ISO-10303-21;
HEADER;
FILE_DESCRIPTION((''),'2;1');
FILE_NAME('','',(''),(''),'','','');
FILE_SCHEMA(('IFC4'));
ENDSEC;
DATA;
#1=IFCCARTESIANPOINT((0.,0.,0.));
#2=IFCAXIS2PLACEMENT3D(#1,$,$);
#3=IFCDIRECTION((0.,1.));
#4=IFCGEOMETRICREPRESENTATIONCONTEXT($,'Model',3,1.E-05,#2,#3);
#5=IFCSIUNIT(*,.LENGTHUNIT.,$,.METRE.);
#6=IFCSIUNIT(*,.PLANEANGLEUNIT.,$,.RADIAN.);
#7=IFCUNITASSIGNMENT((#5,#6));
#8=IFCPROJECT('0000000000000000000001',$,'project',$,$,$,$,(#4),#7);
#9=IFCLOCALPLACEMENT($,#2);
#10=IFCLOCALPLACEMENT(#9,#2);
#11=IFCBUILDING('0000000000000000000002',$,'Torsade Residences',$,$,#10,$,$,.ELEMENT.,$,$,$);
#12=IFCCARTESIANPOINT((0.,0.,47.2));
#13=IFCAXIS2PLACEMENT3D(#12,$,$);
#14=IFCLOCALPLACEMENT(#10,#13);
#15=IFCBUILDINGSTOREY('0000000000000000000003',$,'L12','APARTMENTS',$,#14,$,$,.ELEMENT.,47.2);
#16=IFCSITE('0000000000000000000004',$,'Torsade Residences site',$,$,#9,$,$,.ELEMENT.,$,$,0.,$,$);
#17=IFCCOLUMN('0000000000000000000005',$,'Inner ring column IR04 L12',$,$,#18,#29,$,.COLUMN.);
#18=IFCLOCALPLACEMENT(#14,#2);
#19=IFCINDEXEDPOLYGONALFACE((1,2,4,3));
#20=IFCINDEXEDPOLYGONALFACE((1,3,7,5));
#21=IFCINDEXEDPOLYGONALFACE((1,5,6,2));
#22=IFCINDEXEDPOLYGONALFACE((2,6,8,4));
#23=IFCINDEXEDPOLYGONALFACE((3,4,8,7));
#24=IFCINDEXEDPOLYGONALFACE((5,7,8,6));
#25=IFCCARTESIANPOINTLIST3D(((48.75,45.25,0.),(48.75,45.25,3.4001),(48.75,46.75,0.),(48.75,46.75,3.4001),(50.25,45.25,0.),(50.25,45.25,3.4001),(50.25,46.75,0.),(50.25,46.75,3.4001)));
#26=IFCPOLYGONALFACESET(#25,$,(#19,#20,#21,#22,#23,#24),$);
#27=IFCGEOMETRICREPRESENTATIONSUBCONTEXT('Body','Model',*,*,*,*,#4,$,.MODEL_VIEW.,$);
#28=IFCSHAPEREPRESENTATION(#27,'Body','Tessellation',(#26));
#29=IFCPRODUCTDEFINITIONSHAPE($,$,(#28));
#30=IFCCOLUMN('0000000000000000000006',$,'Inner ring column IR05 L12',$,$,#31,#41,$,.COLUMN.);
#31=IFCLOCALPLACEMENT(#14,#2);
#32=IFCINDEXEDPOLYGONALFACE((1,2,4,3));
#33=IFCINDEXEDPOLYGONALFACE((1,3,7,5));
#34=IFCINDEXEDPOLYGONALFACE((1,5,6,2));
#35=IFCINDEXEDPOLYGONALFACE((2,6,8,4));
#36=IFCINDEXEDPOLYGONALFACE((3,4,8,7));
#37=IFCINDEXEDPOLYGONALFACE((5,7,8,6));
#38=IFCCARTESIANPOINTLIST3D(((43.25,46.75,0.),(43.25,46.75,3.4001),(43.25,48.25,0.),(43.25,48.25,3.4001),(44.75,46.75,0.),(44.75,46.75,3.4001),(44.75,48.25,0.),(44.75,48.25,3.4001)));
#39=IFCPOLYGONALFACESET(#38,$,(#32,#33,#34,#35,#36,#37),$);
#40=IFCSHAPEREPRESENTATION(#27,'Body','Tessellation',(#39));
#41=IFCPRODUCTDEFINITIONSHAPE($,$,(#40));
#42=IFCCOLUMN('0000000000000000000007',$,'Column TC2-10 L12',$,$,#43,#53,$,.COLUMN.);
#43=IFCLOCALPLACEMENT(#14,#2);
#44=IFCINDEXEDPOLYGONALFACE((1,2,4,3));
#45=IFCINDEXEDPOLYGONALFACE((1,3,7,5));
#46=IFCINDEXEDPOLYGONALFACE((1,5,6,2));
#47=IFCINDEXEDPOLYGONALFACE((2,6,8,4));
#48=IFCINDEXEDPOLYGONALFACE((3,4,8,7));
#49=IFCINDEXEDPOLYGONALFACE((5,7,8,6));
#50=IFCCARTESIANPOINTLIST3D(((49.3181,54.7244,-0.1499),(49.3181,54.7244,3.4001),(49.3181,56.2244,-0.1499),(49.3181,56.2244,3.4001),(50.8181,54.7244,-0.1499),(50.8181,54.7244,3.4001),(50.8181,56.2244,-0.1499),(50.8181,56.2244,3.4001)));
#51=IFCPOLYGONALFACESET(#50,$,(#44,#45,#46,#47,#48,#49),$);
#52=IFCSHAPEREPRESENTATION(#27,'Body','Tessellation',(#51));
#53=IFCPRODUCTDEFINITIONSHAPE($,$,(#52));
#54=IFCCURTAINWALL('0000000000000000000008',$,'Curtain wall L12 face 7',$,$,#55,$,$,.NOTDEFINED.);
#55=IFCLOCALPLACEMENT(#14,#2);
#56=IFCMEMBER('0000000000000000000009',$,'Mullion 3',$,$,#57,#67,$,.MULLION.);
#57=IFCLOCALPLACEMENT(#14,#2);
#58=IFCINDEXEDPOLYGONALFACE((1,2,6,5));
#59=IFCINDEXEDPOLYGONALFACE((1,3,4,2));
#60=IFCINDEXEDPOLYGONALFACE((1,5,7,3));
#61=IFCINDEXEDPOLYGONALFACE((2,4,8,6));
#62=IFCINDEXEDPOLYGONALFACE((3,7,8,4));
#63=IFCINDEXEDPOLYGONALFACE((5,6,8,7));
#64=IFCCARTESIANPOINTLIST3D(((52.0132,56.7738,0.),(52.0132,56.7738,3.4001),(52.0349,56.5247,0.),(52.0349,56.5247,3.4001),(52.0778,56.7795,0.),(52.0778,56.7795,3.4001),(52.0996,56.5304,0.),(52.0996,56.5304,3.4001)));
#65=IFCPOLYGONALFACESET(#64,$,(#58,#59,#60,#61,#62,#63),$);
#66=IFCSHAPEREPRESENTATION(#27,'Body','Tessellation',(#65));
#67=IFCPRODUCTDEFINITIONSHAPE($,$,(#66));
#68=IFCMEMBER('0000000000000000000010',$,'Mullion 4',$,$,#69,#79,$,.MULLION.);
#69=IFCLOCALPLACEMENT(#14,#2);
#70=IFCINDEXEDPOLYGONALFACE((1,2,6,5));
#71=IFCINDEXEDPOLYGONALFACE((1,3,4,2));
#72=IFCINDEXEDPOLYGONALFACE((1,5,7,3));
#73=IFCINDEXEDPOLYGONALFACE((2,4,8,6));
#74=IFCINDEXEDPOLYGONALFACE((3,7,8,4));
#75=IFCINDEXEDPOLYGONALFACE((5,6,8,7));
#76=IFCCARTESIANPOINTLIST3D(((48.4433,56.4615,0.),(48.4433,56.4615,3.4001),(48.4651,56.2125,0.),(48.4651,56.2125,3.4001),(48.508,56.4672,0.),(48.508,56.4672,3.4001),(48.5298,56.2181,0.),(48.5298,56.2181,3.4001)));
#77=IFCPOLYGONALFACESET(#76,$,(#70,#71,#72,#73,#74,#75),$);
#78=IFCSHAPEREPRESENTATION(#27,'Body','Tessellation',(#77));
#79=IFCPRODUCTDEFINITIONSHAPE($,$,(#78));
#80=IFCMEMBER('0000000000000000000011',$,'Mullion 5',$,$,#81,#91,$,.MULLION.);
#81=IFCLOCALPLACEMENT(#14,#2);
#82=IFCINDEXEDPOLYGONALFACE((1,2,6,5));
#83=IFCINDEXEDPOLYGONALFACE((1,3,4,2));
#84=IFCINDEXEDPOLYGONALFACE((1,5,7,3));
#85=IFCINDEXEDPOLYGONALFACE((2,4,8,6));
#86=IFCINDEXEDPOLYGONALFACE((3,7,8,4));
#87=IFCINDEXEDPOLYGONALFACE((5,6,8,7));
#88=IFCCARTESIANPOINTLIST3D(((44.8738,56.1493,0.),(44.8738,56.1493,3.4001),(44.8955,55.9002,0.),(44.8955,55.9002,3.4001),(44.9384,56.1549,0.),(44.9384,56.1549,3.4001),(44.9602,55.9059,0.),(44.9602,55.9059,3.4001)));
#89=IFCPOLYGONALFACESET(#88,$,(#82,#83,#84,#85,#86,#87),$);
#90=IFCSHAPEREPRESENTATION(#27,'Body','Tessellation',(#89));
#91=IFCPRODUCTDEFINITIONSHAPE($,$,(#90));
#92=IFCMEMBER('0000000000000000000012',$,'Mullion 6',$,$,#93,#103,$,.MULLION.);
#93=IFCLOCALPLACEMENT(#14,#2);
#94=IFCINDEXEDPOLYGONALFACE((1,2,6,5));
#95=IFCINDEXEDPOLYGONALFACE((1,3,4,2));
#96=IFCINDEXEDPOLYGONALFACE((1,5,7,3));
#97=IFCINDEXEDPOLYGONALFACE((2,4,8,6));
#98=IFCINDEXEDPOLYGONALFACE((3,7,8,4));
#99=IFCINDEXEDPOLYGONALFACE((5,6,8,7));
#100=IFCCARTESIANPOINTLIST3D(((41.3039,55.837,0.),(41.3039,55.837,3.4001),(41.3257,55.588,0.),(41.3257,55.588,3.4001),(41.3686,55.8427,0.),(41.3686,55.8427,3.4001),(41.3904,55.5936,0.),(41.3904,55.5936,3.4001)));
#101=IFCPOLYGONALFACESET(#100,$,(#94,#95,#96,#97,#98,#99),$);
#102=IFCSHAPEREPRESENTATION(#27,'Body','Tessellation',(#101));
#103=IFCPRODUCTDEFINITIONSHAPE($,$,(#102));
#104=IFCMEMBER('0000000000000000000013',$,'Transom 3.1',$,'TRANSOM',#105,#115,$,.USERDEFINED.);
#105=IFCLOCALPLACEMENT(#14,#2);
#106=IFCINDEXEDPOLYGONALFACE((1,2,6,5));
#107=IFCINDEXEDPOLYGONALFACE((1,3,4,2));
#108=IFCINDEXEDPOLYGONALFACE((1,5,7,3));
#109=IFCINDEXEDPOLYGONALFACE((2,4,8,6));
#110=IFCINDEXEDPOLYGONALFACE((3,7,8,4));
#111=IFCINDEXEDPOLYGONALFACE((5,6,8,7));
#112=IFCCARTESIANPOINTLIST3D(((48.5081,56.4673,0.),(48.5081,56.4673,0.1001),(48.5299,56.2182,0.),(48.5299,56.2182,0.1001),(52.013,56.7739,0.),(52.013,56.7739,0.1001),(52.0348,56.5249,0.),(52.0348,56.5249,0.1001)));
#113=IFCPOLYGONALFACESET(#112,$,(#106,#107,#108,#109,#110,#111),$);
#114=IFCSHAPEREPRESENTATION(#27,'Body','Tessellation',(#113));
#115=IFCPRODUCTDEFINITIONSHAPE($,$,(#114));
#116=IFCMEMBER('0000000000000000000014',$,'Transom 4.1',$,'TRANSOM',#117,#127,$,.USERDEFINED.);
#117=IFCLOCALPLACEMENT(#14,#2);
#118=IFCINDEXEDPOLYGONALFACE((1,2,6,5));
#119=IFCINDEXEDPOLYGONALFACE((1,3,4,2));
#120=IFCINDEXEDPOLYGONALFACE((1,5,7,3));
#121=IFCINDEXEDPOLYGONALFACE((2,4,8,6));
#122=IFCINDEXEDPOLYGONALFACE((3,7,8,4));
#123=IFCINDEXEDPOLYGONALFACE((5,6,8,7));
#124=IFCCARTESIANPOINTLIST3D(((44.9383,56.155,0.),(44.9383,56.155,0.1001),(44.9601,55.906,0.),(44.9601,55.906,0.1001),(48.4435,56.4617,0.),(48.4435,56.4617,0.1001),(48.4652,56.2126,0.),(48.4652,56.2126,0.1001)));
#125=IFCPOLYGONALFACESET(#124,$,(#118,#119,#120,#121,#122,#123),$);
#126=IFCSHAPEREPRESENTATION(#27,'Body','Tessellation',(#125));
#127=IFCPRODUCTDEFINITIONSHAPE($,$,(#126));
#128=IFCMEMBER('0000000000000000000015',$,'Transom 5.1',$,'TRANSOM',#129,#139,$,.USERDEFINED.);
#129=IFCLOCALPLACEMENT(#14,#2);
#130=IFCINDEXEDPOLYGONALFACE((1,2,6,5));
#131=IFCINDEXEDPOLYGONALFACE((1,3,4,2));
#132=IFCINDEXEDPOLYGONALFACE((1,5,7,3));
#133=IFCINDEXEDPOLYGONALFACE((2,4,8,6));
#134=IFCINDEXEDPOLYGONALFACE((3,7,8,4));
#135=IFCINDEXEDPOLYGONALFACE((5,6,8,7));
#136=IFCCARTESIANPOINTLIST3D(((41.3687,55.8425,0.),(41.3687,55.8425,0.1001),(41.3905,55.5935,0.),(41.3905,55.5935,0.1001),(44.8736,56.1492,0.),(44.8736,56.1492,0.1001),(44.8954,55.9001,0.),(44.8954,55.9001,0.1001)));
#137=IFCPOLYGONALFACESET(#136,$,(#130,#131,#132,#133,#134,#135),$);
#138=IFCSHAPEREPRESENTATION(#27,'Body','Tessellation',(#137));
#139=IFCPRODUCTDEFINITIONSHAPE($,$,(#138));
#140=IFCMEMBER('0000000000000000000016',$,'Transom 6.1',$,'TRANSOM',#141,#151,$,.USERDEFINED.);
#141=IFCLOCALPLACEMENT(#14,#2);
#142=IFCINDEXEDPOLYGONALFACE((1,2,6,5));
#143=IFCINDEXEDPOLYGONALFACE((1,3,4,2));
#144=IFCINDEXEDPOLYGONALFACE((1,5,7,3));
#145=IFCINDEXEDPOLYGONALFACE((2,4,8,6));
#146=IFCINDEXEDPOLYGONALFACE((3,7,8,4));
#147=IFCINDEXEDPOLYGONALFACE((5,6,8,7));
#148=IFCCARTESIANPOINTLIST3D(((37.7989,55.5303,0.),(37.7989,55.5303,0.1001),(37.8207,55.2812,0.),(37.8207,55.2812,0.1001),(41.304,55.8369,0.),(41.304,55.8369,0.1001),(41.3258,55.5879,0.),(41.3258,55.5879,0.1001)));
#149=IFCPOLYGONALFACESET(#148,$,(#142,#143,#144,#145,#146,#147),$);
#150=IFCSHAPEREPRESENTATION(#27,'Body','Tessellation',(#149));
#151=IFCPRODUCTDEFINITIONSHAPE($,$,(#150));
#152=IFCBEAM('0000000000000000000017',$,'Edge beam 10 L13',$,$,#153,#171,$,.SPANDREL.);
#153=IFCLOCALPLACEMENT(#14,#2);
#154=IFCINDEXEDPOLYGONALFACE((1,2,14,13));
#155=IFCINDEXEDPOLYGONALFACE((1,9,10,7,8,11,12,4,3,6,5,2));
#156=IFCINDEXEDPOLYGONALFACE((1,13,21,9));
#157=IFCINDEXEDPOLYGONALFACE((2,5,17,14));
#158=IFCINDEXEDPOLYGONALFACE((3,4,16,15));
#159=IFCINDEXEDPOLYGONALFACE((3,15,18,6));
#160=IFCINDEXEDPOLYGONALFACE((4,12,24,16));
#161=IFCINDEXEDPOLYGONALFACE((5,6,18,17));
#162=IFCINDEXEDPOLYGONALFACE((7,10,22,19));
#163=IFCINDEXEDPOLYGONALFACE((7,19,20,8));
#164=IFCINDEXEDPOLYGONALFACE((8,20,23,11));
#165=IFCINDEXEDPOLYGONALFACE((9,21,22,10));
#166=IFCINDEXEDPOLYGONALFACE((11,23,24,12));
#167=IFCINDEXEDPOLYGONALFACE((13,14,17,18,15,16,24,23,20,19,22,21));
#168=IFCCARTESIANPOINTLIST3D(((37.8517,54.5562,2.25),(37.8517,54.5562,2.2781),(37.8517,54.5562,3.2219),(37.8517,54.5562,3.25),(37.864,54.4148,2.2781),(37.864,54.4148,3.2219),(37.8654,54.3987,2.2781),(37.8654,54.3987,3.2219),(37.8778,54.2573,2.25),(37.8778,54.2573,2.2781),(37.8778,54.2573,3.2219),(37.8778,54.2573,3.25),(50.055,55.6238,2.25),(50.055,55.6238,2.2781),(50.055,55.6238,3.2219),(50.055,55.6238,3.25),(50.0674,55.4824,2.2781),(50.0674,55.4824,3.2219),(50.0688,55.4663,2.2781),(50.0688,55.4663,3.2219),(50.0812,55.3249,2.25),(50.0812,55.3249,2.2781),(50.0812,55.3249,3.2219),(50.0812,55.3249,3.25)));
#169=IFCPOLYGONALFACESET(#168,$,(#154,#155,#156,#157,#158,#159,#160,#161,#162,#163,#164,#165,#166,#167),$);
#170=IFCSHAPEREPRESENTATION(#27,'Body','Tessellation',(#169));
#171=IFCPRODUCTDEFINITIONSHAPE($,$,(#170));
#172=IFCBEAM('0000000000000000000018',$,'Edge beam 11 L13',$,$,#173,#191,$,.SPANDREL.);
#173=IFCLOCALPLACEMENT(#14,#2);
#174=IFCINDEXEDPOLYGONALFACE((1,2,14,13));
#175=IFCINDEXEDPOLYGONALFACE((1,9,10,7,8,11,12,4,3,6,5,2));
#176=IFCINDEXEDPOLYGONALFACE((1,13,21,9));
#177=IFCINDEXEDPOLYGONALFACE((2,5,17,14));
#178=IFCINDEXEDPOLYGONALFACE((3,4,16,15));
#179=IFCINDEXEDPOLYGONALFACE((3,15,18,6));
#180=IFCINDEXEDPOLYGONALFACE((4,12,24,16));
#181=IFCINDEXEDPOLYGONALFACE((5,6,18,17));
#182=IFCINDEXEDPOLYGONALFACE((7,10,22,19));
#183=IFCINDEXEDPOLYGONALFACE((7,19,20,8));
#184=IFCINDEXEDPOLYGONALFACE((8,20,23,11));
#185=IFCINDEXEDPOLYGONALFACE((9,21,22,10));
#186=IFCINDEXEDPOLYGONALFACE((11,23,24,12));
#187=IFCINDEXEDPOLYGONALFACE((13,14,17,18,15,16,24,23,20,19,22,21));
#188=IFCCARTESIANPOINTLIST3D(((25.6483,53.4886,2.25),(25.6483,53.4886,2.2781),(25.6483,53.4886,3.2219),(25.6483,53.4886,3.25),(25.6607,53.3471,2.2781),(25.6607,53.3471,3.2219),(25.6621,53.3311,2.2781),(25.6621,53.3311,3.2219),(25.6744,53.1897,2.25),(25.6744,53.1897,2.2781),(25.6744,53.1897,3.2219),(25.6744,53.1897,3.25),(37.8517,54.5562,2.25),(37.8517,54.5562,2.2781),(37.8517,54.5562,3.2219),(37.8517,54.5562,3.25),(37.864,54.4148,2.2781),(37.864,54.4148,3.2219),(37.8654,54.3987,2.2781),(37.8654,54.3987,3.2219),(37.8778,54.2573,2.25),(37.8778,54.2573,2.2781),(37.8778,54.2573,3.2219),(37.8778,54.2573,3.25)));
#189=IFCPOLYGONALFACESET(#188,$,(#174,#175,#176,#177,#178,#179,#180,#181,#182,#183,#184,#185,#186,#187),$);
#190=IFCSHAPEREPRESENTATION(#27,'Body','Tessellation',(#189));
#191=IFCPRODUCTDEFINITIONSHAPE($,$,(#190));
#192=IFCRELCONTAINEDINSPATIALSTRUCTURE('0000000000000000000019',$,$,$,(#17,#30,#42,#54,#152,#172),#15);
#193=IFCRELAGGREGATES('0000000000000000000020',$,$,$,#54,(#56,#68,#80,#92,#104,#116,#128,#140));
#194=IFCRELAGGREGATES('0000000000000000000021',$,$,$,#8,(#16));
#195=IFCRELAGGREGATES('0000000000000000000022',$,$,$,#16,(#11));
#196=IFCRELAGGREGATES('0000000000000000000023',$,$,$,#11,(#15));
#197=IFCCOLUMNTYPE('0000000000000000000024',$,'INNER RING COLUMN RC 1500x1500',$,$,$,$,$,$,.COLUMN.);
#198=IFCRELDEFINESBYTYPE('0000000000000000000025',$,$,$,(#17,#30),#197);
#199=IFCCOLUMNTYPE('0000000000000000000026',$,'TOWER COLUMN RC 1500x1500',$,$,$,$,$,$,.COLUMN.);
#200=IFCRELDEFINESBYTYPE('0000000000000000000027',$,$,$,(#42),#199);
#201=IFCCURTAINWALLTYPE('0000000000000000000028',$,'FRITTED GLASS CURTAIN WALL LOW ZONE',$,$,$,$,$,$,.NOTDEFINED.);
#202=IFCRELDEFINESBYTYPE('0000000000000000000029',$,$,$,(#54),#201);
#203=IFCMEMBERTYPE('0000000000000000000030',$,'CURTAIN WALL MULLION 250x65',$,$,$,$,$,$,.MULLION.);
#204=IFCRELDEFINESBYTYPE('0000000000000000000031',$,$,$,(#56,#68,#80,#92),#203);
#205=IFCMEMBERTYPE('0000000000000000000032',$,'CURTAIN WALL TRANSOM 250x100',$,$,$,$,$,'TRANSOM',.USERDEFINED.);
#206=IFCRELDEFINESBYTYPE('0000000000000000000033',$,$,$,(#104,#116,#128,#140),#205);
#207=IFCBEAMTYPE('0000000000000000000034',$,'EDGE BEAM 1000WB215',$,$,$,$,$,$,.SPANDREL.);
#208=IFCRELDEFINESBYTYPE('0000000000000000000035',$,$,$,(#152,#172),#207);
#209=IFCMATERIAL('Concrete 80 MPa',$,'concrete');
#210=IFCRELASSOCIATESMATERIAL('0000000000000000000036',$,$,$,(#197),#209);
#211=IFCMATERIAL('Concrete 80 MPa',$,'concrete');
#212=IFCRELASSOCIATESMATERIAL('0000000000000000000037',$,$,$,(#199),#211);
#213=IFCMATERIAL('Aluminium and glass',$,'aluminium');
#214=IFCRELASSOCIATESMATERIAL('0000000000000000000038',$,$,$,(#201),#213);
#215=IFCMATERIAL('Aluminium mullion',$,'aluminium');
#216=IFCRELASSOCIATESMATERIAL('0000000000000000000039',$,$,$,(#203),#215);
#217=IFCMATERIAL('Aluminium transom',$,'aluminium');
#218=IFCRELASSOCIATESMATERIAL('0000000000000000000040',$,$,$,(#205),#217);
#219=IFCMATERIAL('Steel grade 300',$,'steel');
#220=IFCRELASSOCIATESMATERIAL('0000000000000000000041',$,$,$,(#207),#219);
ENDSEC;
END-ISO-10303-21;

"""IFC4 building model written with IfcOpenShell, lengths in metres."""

from ifc_helpers import new_model, si_unit, direction, frame, origin, origin_2d, place, context, subcontext, project, spatial, rectangle, i_section, extrude, material, material_profile, profile_set, type_object, element, aggregate, save


model = new_model("IFC4")

# Units and contexts
model_context = context("Model", 3, precision=1e-05, world=origin(), true_north=direction((0.0, 1.0)))
body_context = subcontext(model_context, "Body", "Model", "MODEL_VIEW")
ifc_project = project(units=[si_unit("LENGTHUNIT", "METRE"), si_unit("PLANEANGLEUNIT", "RADIAN")], contexts=[model_context])

# Site, building, storey
site_placement = place(None, origin())
site = spatial("IfcSite", under=ifc_project, at=site_placement, Name="Torsade Residences site", CompositionType="ELEMENT", RefElevation=0.0)
building_placement = place(site_placement, origin())
building = spatial("IfcBuilding", under=site, at=building_placement, Name="Torsade Residences", CompositionType="ELEMENT")
storey_placement = place(building_placement, frame((0.0, 0.0, 47.2)))
storey = spatial("IfcBuildingStorey", under=building, at=storey_placement, Name="L12", Description="APARTMENTS", CompositionType="ELEMENT", Elevation=47.2)

# Columns
ifc_material_1 = material(Name="Concrete 80 MPa", Category="concrete")
ifc_material_profile_1 = material_profile(ifc_material_1, rectangle(XDim=1.5, YDim=1.5, at=origin_2d()), Name="RC 1500x1500")
ifc_profile_set_1 = profile_set([ifc_material_profile_1], Name="Concrete 80 MPa")
column_type_1 = type_object("IfcColumnType", Name="INNER RING COLUMN RC 1500x1500", PredefinedType="COLUMN", material=ifc_profile_set_1)
for number, where, z_axis, x_axis, name in (
    (1, (49.5, 46.0, 0.0), (0.0, 0.0, 1.0), (1.0, 0.0, 0.0), "Inner ring column IR04 L12"),
    (2, (44.0, 47.5, 0.0), (0.0, 0.0, 1.0), (1.0, 0.0, 0.0), "Inner ring column IR05 L12"),
):
    element("IfcColumn", number, at=place(storey_placement, frame(where, z_axis=z_axis, x_axis=x_axis)), inside=storey, type_object=column_type_1, Name=name, PredefinedType="COLUMN", context=body_context, shape_type="SweptSolid", body=[
        extrude(rectangle(XDim=1.5, YDim=1.5, at=origin_2d()), origin(), (0.0, 0.0, 1.0), 3.4001),
    ])
ifc_material_2 = material(Name="Concrete 80 MPa", Category="concrete")
ifc_material_profile_2 = material_profile(ifc_material_2, rectangle(XDim=1.5, YDim=1.5, at=origin_2d()), Name="RC 1500x1500")
ifc_profile_set_2 = profile_set([ifc_material_profile_2], Name="Concrete 80 MPa")
column_type_2 = type_object("IfcColumnType", Name="TOWER COLUMN RC 1500x1500", PredefinedType="COLUMN", material=ifc_profile_set_2)
column_placement = place(storey_placement, frame((50.0681, 55.4744, -0.1499), z_axis=(0.0, 0.0, 1.0), x_axis=(1.0, 0.0, 0.0)))
element("IfcColumn", 3, at=column_placement, inside=storey, type_object=column_type_2, Name="Column TC2-10 L12", PredefinedType="COLUMN", context=body_context, shape_type="SweptSolid", body=[
    extrude(rectangle(XDim=1.5, YDim=1.5, at=origin_2d()), origin(), (0.0, 0.0, 1.0), 3.55),
])

# Curtain wall, members
ifc_material_3 = material(Name="Aluminium and glass", Category="aluminium")
curtain_wall_type = type_object("IfcCurtainWallType", Name="FRITTED GLASS CURTAIN WALL LOW ZONE", PredefinedType="NOTDEFINED", material=ifc_material_3)
curtain_wall_placement = place(storey_placement, origin())
curtain_wall = element("IfcCurtainWall", 4, at=curtain_wall_placement, inside=storey, type_object=curtain_wall_type, Name="Curtain wall L12 face 7", PredefinedType="NOTDEFINED")
ifc_material_4 = material(Name="Aluminium mullion", Category="aluminium")
ifc_material_profile_3 = material_profile(ifc_material_4, rectangle(XDim=0.25, YDim=0.0649, at=origin_2d()), Name="CURTAIN WALL MULLION 250x65")
ifc_profile_set_3 = profile_set([ifc_material_profile_3], Name="Aluminium mullion")
member_type_1 = type_object("IfcMemberType", Name="CURTAIN WALL MULLION 250x65", PredefinedType="MULLION", material=ifc_profile_set_3)
member_1_placement = place(storey_placement, frame((52.0564, 56.6521, 0.0), z_axis=(0.0, 0.0, 1.0), x_axis=(0.087156, -0.996195, 0.0)))
member_1 = element("IfcMember", 5, at=member_1_placement, type_object=member_type_1, Name="Mullion 3", PredefinedType="MULLION", context=body_context, shape_type="SweptSolid", body=[
    extrude(rectangle(XDim=0.25, YDim=0.0649, at=origin_2d()), origin(), (0.0, 0.0, 1.0), 3.4001),
])
member_2_placement = place(storey_placement, frame((48.4866, 56.3398, 0.0), z_axis=(0.0, 0.0, 1.0), x_axis=(0.087156, -0.996195, 0.0)))
member_2 = element("IfcMember", 6, at=member_2_placement, type_object=member_type_1, Name="Mullion 4", PredefinedType="MULLION", context=body_context, shape_type="SweptSolid", body=[
    extrude(rectangle(XDim=0.25, YDim=0.0649, at=origin_2d()), origin(), (0.0, 0.0, 1.0), 3.4001),
])
member_3_placement = place(storey_placement, frame((44.917, 56.0276, 0.0), z_axis=(0.0, 0.0, 1.0), x_axis=(0.087156, -0.996195, 0.0)))
member_3 = element("IfcMember", 7, at=member_3_placement, type_object=member_type_1, Name="Mullion 5", PredefinedType="MULLION", context=body_context, shape_type="SweptSolid", body=[
    extrude(rectangle(XDim=0.25, YDim=0.0649, at=origin_2d()), origin(), (0.0, 0.0, 1.0), 3.4001),
])
member_4_placement = place(storey_placement, frame((41.3472, 55.7153, 0.0), z_axis=(0.0, 0.0, 1.0), x_axis=(0.087156, -0.996195, 0.0)))
member_4 = element("IfcMember", 8, at=member_4_placement, type_object=member_type_1, Name="Mullion 6", PredefinedType="MULLION", context=body_context, shape_type="SweptSolid", body=[
    extrude(rectangle(XDim=0.25, YDim=0.0649, at=origin_2d()), origin(), (0.0, 0.0, 1.0), 3.4001),
])
ifc_material_5 = material(Name="Aluminium transom", Category="aluminium")
ifc_material_profile_4 = material_profile(ifc_material_5, rectangle(XDim=0.25, YDim=0.1001, at=origin_2d()), Name="CURTAIN WALL TRANSOM 250x100")
ifc_profile_set_4 = profile_set([ifc_material_profile_4], Name="Aluminium transom")
member_type_2 = type_object("IfcMemberType", Name="CURTAIN WALL TRANSOM 250x100", ElementType="TRANSOM", PredefinedType="USERDEFINED", material=ifc_profile_set_4)
member_5_placement = place(storey_placement, frame((52.0239, 56.6494, 0.05), z_axis=(-0.996195, -0.087157, 0.0), x_axis=(0.087157, -0.996195, 0.0)))
member_5 = element("IfcMember", 9, at=member_5_placement, type_object=member_type_2, Name="Transom 3.1", ObjectType="TRANSOM", PredefinedType="USERDEFINED", context=body_context, shape_type="SweptSolid", body=[
    extrude(rectangle(XDim=0.25, YDim=0.1001, at=origin_2d()), origin(), (0.0, 0.0, 1.0), 3.5183),
])
member_6_placement = place(storey_placement, frame((48.4543, 56.3372, 0.05), z_axis=(-0.996195, -0.087151, 0.0), x_axis=(0.087151, -0.996195, 0.0)))
member_6 = element("IfcMember", 10, at=member_6_placement, type_object=member_type_2, Name="Transom 4.1", ObjectType="TRANSOM", PredefinedType="USERDEFINED", context=body_context, shape_type="SweptSolid", body=[
    extrude(rectangle(XDim=0.25, YDim=0.1001, at=origin_2d()), origin(), (0.0, 0.0, 1.0), 3.5186),
])
member_7_placement = place(storey_placement, frame((44.8845, 56.0247, 0.05), z_axis=(-0.996195, -0.087157, 0.0), x_axis=(0.087157, -0.996195, 0.0)))
member_7 = element("IfcMember", 11, at=member_7_placement, type_object=member_type_2, Name="Transom 5.1", ObjectType="TRANSOM", PredefinedType="USERDEFINED", context=body_context, shape_type="SweptSolid", body=[
    extrude(rectangle(XDim=0.25, YDim=0.1001, at=origin_2d()), origin(), (0.0, 0.0, 1.0), 3.5183),
])
member_8_placement = place(storey_placement, frame((41.3149, 55.7124, 0.05), z_axis=(-0.996195, -0.087151, 0.0), x_axis=(0.087151, -0.996195, 0.0)))
member_8 = element("IfcMember", 12, at=member_8_placement, type_object=member_type_2, Name="Transom 6.1", ObjectType="TRANSOM", PredefinedType="USERDEFINED", context=body_context, shape_type="SweptSolid", body=[
    extrude(rectangle(XDim=0.25, YDim=0.1001, at=origin_2d()), origin(), (0.0, 0.0, 1.0), 3.5186),
])

# Beams
ifc_material_6 = material(Name="Steel grade 300", Category="steel")
ifc_material_profile_5 = material_profile(ifc_material_6, i_section(OverallWidth=0.3, OverallDepth=1.0, WebThickness=0.0161, FlangeThickness=0.0281, at=origin_2d()), Name="1000WB215")
ifc_profile_set_5 = profile_set([ifc_material_profile_5], Name="Steel grade 300")
beam_type_1 = type_object("IfcBeamType", Name="EDGE BEAM 1000WB215", PredefinedType="SPANDREL", material=ifc_profile_set_5)
for number, where, z_axis, x_axis, name in (
    (13, (50.0681, 55.4744, 2.75), (-0.996195, -0.087153, 0.0), (0.087153, -0.996195, 0.0), "Edge beam 10 L13"),
    (14, (37.8647, 54.4067, 2.75), (-0.996195, -0.087153, 0.0), (0.087153, -0.996195, 0.0), "Edge beam 11 L13"),
):
    element("IfcBeam", number, at=place(storey_placement, frame(where, z_axis=z_axis, x_axis=x_axis)), inside=storey, type_object=beam_type_1, Name=name, PredefinedType="SPANDREL", context=body_context, shape_type="SweptSolid", body=[
        extrude(i_section(OverallWidth=0.3, OverallDepth=1.0, WebThickness=0.0161, FlangeThickness=0.0281, at=origin_2d()), origin(), (0.0, 0.0, 1.0), 12.25),
    ])

aggregate(curtain_wall, [member_1, member_2, member_3, member_4, member_5, member_6, member_7, member_8])

save(model, "model.ifc")
